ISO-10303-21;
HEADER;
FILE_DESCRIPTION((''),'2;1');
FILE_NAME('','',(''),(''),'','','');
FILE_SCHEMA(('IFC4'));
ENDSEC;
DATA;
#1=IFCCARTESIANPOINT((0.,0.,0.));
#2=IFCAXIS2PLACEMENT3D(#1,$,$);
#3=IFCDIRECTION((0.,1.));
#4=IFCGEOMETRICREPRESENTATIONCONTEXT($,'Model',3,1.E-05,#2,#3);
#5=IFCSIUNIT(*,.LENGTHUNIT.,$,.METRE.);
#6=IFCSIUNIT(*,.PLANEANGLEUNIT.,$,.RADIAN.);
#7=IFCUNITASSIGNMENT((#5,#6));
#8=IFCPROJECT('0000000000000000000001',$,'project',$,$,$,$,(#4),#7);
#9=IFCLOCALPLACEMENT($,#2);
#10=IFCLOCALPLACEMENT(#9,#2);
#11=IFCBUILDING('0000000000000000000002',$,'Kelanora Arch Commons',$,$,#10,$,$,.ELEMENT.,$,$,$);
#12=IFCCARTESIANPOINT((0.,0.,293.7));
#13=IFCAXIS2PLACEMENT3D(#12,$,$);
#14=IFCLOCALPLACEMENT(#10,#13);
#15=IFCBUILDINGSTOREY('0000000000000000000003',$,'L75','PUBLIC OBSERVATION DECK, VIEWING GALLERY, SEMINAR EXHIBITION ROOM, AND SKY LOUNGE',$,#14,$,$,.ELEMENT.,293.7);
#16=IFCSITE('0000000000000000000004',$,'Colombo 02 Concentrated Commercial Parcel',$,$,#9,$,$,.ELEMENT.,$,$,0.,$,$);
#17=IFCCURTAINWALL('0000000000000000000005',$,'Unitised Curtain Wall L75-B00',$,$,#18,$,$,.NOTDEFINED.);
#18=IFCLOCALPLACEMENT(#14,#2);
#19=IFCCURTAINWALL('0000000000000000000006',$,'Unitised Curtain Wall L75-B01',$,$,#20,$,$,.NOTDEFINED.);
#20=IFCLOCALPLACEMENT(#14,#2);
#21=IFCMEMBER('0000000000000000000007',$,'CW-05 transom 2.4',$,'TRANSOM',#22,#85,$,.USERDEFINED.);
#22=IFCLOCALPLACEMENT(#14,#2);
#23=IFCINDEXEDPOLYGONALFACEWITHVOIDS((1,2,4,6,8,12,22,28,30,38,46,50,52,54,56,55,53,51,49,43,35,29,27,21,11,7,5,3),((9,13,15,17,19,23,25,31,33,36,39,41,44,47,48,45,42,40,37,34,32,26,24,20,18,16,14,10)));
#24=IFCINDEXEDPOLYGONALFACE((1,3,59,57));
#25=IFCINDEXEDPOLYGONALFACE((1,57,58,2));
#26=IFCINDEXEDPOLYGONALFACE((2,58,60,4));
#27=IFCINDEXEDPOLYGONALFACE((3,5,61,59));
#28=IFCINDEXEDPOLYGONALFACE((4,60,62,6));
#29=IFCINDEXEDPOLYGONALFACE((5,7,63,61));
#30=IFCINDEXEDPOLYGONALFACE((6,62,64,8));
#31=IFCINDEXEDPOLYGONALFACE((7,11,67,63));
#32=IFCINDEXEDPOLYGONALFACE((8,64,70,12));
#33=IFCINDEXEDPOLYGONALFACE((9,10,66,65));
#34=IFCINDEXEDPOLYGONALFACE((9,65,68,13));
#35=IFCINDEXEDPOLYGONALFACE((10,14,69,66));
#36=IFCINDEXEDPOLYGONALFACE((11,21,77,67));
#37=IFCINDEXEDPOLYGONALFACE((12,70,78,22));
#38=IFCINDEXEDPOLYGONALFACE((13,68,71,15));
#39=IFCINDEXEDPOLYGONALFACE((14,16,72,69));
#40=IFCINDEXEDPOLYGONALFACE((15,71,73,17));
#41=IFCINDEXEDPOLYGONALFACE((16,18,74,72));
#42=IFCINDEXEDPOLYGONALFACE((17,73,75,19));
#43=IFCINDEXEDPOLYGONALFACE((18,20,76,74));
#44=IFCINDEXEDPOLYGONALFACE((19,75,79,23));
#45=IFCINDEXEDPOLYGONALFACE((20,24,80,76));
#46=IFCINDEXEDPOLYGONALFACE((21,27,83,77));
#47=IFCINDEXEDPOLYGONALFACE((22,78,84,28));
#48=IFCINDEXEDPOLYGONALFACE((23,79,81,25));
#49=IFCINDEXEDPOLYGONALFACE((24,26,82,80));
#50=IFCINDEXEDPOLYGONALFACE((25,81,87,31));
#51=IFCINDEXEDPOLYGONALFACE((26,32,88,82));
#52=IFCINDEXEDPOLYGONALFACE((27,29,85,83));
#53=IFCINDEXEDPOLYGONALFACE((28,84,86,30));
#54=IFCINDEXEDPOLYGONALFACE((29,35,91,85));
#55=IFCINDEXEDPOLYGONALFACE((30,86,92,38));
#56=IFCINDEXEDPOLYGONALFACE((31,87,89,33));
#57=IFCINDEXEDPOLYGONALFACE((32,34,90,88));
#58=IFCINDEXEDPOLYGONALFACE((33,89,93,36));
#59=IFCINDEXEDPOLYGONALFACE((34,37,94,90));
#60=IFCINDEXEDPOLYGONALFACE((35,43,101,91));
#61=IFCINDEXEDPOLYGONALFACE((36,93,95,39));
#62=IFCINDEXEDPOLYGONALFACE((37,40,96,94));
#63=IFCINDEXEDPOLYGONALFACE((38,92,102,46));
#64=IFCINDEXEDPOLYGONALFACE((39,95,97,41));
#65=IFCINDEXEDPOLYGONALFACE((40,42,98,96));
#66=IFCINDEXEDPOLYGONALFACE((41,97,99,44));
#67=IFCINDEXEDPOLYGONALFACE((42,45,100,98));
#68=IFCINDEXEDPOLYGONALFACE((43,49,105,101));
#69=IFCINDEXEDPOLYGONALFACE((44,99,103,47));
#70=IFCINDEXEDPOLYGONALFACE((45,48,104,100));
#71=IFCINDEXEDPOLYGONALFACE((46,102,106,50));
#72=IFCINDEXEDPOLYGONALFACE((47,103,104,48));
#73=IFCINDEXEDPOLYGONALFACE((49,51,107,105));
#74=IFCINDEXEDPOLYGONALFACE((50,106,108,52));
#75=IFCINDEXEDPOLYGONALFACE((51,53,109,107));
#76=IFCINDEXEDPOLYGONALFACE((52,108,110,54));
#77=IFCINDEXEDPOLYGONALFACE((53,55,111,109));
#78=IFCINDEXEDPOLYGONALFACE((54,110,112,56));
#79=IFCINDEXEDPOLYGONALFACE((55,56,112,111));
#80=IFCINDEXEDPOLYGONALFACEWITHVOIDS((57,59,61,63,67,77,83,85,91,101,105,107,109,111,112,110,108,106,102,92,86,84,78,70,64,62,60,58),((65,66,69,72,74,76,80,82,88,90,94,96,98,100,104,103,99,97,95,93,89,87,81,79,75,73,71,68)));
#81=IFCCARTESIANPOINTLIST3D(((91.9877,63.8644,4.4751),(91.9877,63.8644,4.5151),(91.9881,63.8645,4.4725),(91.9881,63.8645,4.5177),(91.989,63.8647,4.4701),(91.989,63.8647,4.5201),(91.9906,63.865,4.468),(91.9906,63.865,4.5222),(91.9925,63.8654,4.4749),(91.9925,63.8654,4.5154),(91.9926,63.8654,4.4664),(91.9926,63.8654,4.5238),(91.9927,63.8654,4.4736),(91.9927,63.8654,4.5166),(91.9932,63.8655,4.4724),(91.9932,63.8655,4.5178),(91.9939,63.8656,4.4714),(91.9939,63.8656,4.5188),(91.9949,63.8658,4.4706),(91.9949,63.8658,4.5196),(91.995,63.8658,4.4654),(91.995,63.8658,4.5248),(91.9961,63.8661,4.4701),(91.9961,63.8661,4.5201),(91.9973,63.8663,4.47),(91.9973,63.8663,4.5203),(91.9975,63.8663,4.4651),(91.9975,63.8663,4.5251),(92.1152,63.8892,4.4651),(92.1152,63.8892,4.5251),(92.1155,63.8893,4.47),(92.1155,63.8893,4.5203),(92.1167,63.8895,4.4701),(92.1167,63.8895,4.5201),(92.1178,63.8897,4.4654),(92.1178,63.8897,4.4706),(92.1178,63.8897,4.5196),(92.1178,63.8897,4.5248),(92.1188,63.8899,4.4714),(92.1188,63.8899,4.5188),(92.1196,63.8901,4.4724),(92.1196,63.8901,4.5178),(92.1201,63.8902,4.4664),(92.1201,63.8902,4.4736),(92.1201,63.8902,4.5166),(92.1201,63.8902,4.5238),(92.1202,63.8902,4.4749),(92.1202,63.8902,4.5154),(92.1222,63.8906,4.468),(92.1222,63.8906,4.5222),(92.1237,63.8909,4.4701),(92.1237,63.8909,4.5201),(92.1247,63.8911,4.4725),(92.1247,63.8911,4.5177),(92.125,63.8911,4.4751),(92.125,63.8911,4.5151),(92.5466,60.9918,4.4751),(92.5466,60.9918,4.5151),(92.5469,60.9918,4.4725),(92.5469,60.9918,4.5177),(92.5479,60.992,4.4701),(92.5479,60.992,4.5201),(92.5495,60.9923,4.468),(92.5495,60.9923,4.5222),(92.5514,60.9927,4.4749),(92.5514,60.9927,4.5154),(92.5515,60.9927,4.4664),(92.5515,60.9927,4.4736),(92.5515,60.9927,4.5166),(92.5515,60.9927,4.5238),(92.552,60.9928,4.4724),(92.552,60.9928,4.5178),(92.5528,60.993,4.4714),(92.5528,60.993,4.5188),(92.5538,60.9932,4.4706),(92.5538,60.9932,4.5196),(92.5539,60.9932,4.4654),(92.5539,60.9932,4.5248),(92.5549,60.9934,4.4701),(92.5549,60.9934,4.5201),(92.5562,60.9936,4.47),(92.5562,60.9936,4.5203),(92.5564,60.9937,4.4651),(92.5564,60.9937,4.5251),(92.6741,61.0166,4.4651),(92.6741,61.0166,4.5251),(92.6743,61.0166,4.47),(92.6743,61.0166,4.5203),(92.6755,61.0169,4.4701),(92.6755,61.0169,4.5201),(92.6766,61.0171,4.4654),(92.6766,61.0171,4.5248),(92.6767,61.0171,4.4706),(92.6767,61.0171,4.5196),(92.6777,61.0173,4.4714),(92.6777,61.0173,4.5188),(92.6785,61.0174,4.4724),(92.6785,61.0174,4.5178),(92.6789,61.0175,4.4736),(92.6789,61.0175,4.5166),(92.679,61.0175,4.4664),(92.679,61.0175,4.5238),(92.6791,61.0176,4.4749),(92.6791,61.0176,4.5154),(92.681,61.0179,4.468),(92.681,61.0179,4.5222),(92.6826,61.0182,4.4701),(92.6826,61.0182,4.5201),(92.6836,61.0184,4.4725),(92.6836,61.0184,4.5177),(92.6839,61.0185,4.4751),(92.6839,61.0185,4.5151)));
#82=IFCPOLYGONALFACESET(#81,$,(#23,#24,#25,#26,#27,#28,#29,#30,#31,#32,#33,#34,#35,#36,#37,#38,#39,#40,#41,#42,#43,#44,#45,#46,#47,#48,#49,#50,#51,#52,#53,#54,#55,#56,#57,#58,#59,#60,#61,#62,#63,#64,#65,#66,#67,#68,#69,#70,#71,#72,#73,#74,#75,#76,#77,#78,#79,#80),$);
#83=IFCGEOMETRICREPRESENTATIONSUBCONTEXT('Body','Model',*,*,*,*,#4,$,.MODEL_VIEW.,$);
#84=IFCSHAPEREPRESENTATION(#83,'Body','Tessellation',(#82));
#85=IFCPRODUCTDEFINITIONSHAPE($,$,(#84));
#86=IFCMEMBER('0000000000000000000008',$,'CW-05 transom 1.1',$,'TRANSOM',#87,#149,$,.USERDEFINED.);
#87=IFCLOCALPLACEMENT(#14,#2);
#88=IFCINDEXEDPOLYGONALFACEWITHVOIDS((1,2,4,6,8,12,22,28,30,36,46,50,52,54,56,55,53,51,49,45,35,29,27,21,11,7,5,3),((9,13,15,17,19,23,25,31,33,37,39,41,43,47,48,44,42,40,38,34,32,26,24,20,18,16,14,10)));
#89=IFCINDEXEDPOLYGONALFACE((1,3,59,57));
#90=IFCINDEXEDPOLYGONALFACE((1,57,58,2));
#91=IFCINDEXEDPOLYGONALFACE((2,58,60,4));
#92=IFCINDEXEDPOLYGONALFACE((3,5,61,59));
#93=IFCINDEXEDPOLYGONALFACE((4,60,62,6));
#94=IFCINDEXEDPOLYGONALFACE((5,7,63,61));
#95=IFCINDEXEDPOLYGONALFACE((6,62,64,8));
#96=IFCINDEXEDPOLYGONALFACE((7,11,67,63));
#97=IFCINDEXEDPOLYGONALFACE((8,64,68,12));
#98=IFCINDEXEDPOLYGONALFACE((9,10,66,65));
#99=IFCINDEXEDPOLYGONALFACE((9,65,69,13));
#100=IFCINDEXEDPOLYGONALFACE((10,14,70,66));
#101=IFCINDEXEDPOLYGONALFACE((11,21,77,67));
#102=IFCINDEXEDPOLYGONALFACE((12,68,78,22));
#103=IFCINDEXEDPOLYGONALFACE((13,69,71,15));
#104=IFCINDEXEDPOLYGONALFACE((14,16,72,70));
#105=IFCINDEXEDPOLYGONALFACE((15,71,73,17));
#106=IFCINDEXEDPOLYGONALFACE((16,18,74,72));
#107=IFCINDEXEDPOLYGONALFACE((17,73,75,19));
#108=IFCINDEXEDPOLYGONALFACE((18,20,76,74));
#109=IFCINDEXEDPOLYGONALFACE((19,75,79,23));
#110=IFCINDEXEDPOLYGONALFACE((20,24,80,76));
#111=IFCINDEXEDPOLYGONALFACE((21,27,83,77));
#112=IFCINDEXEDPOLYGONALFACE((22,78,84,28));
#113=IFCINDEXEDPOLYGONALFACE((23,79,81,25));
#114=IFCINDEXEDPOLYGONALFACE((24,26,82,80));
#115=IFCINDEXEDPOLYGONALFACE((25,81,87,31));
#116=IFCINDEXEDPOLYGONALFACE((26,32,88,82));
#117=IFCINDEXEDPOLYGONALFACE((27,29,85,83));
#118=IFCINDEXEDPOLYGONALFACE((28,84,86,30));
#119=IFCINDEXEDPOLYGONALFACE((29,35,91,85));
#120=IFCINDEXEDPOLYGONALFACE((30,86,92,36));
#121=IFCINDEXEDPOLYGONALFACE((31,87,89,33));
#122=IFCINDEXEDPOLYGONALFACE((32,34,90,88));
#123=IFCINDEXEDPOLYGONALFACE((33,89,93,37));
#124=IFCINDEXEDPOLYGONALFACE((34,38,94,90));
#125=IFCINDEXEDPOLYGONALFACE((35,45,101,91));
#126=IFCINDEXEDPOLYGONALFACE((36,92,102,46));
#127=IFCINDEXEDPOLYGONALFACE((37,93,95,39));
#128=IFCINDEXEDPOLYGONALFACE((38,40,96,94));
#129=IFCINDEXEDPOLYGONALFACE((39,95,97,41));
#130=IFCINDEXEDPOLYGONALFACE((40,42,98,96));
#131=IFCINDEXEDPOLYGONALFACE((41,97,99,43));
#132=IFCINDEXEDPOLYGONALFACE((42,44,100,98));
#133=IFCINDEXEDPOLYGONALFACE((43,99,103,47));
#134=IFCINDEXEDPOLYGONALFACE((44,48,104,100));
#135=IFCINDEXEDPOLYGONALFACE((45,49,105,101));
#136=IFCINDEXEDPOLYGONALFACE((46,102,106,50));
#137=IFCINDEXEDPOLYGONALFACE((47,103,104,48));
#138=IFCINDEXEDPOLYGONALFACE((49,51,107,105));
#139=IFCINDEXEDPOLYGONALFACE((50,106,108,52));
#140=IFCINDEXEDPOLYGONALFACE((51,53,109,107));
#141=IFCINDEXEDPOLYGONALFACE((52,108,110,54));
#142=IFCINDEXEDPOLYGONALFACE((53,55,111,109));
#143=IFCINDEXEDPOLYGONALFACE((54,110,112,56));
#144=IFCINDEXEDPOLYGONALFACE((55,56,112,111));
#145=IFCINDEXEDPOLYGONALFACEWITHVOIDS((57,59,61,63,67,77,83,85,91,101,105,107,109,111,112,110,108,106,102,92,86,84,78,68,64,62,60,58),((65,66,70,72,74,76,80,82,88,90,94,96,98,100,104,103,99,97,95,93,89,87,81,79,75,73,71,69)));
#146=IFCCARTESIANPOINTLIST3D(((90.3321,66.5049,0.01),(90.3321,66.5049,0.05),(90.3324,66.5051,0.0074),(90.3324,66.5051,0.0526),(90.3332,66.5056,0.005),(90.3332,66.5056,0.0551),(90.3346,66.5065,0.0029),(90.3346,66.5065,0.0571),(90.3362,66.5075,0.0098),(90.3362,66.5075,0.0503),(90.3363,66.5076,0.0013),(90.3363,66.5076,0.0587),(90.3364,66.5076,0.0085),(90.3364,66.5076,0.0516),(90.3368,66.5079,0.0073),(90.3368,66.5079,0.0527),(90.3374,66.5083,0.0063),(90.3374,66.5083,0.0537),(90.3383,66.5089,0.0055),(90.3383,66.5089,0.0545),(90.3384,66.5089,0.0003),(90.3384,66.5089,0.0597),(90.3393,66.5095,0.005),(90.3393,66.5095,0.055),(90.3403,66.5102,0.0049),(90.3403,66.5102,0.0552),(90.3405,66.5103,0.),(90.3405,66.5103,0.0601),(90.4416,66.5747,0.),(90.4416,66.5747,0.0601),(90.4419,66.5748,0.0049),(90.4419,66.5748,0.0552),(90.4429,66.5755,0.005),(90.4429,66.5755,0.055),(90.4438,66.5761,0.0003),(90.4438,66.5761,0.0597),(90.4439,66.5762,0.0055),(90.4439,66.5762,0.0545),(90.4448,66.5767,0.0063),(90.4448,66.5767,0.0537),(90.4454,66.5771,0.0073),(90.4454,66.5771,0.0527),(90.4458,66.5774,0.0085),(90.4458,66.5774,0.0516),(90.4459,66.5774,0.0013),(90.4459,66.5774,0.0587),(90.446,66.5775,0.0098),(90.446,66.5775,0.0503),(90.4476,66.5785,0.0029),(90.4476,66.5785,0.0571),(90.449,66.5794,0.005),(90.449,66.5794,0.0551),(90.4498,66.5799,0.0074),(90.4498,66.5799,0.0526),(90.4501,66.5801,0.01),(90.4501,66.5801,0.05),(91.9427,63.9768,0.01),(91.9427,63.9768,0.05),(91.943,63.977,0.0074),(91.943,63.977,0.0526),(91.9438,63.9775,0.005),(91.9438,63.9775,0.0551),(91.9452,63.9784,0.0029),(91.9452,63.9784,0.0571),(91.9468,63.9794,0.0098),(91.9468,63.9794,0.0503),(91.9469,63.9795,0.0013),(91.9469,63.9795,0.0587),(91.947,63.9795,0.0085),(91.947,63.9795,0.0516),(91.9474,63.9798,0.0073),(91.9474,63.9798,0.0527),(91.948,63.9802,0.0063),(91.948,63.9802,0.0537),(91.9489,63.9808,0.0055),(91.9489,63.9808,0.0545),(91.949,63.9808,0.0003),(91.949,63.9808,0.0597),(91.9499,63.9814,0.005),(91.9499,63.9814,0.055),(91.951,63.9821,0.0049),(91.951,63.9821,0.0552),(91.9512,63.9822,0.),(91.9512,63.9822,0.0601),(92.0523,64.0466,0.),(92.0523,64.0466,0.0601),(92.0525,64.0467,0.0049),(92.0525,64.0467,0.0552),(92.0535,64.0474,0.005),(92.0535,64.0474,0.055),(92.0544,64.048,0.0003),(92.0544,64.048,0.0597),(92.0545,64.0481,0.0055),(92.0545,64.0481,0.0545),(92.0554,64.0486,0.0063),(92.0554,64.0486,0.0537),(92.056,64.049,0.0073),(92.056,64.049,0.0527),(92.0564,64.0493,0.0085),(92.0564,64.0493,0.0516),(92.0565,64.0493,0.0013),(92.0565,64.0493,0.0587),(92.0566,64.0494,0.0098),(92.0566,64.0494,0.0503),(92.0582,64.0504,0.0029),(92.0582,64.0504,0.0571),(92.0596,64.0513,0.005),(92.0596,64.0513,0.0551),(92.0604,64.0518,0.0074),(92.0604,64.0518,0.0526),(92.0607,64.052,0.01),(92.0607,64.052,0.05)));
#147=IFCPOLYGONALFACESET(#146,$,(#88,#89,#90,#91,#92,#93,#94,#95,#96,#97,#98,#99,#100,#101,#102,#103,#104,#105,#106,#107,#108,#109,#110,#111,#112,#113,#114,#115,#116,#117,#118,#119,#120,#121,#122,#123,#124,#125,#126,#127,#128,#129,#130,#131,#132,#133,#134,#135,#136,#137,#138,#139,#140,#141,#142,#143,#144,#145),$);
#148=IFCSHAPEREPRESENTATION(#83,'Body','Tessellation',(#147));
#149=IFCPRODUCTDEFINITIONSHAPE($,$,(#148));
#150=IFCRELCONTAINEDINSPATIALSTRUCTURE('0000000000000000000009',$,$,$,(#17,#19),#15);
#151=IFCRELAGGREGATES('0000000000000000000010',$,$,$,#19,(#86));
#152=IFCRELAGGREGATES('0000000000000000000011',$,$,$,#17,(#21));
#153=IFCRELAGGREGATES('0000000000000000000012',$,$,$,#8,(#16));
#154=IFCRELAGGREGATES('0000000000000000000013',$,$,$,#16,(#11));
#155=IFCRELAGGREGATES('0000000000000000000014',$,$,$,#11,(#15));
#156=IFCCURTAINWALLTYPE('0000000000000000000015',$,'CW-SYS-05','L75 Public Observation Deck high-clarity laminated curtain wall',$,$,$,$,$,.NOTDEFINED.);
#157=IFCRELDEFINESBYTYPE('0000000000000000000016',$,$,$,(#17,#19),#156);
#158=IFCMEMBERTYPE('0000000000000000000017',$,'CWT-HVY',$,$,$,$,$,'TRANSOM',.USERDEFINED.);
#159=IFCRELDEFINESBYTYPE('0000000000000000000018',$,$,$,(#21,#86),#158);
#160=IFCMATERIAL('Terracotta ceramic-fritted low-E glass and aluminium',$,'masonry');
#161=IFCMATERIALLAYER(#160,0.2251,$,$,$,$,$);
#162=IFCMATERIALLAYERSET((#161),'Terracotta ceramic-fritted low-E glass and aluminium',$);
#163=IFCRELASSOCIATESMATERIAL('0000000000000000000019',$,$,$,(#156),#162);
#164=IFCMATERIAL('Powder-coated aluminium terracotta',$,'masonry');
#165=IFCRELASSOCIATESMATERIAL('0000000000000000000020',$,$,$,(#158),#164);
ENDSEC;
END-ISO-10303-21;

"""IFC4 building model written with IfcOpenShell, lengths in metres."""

from ifc_helpers import new_model, si_unit, direction, frame, origin, origin_2d, place, context, subcontext, project, spatial, hollow_rectangle, extrude, material, layer, layer_set, material_profile, profile_set, type_object, element, aggregate, save


model = new_model("IFC4")

# Units and contexts
model_context = context("Model", 3, precision=1e-05, world=origin(), true_north=direction((0.0, 1.0)))
body_context = subcontext(model_context, "Body", "Model", "MODEL_VIEW")
ifc_project = project(units=[si_unit("LENGTHUNIT", "METRE"), si_unit("PLANEANGLEUNIT", "RADIAN")], contexts=[model_context])

# Site, building, storey
site_placement = place(None, origin())
site = spatial("IfcSite", under=ifc_project, at=site_placement, Name="Colombo 02 Concentrated Commercial Parcel", CompositionType="ELEMENT", RefElevation=0.0)
building_placement = place(site_placement, origin())
building = spatial("IfcBuilding", under=site, at=building_placement, Name="Kelanora Arch Commons", CompositionType="ELEMENT")
storey_placement = place(building_placement, frame((0.0, 0.0, 293.7)))
storey = spatial("IfcBuildingStorey", under=building, at=storey_placement, Name="L75", Description="PUBLIC OBSERVATION DECK, VIEWING GALLERY, SEMINAR EXHIBITION ROOM, AND SKY LOUNGE", CompositionType="ELEMENT", Elevation=293.7)

# Curtain wall
ifc_material_1 = material(Name="Terracotta ceramic-fritted low-E glass and aluminium", Category="masonry")
ifc_layer_1 = layer(ifc_material_1, 0.2251)
ifc_layer_set_1 = layer_set([ifc_layer_1], Name="Terracotta ceramic-fritted low-E glass and aluminium")
curtain_wall_type = type_object("IfcCurtainWallType", Name="CW-SYS-05", Description="L75 Public Observation Deck high-clarity laminated curtain wall", PredefinedType="NOTDEFINED", material=ifc_layer_set_1)
curtain_wall_1_placement = place(storey_placement, origin())
curtain_wall_1 = element("IfcCurtainWall", 1, at=curtain_wall_1_placement, inside=storey, type_object=curtain_wall_type, Name="Unitised Curtain Wall L75-B00", PredefinedType="NOTDEFINED")
ifc_material_2 = material(Name="Powder-coated aluminium terracotta", Category="masonry")

# Curtain wall
curtain_wall_2_placement = place(storey_placement, origin())
curtain_wall_2 = element("IfcCurtainWall", 2, at=curtain_wall_2_placement, inside=storey, type_object=curtain_wall_type, Name="Unitised Curtain Wall L75-B01", PredefinedType="NOTDEFINED")

# Members
ifc_material_profile_1 = material_profile(ifc_material_2, hollow_rectangle(XDim=0.1399, YDim=0.0601, WallThickness=0.0049, InnerFilletRadius=0.0049, OuterFilletRadius=0.01, at=origin_2d()), Name="CWT140x60")
ifc_profile_set_1 = profile_set([ifc_material_profile_1], Name="Powder-coated aluminium terracotta")
member_type_1 = type_object("IfcMemberType", Name="CWT-HVY", ElementType="TRANSOM", PredefinedType="USERDEFINED", material=ifc_profile_set_1)
member_1_placement = place(storey_placement, frame((92.6152, 61.0051, 4.4951), z_axis=(-0.190963, 0.981597, 0.0), x_axis=(-0.981597, -0.190963, 0.0)))
member_1 = element("IfcMember", 3, at=member_1_placement, type_object=member_type_1, Name="CW-05 transom 2.4", ObjectType="TRANSOM", PredefinedType="USERDEFINED", context=body_context, shape_type="SweptSolid", body=[
    extrude(hollow_rectangle(XDim=0.1399, YDim=0.0601, WallThickness=0.0049, InnerFilletRadius=0.0049, OuterFilletRadius=0.01, at=origin_2d()), origin(), (0.0, 0.0, 1.0), 2.9265),
])
member_2_placement = place(storey_placement, frame((92.0017, 64.0144, 0.03), z_axis=(-0.537308, 0.843386, 0.0), x_axis=(-0.843386, -0.537308, 0.0)))
member_2 = element("IfcMember", 4, at=member_2_placement, type_object=member_type_1, Name="CW-05 transom 1.1", ObjectType="TRANSOM", PredefinedType="USERDEFINED", context=body_context, shape_type="SweptSolid", body=[
    extrude(hollow_rectangle(XDim=0.1399, YDim=0.0601, WallThickness=0.0049, InnerFilletRadius=0.0049, OuterFilletRadius=0.01, at=origin_2d()), origin(), (0.0, 0.0, 1.0), 2.9976),
])
aggregate(curtain_wall_2, [member_2])

aggregate(curtain_wall_1, [member_1])

save(model, "model.ifc")
